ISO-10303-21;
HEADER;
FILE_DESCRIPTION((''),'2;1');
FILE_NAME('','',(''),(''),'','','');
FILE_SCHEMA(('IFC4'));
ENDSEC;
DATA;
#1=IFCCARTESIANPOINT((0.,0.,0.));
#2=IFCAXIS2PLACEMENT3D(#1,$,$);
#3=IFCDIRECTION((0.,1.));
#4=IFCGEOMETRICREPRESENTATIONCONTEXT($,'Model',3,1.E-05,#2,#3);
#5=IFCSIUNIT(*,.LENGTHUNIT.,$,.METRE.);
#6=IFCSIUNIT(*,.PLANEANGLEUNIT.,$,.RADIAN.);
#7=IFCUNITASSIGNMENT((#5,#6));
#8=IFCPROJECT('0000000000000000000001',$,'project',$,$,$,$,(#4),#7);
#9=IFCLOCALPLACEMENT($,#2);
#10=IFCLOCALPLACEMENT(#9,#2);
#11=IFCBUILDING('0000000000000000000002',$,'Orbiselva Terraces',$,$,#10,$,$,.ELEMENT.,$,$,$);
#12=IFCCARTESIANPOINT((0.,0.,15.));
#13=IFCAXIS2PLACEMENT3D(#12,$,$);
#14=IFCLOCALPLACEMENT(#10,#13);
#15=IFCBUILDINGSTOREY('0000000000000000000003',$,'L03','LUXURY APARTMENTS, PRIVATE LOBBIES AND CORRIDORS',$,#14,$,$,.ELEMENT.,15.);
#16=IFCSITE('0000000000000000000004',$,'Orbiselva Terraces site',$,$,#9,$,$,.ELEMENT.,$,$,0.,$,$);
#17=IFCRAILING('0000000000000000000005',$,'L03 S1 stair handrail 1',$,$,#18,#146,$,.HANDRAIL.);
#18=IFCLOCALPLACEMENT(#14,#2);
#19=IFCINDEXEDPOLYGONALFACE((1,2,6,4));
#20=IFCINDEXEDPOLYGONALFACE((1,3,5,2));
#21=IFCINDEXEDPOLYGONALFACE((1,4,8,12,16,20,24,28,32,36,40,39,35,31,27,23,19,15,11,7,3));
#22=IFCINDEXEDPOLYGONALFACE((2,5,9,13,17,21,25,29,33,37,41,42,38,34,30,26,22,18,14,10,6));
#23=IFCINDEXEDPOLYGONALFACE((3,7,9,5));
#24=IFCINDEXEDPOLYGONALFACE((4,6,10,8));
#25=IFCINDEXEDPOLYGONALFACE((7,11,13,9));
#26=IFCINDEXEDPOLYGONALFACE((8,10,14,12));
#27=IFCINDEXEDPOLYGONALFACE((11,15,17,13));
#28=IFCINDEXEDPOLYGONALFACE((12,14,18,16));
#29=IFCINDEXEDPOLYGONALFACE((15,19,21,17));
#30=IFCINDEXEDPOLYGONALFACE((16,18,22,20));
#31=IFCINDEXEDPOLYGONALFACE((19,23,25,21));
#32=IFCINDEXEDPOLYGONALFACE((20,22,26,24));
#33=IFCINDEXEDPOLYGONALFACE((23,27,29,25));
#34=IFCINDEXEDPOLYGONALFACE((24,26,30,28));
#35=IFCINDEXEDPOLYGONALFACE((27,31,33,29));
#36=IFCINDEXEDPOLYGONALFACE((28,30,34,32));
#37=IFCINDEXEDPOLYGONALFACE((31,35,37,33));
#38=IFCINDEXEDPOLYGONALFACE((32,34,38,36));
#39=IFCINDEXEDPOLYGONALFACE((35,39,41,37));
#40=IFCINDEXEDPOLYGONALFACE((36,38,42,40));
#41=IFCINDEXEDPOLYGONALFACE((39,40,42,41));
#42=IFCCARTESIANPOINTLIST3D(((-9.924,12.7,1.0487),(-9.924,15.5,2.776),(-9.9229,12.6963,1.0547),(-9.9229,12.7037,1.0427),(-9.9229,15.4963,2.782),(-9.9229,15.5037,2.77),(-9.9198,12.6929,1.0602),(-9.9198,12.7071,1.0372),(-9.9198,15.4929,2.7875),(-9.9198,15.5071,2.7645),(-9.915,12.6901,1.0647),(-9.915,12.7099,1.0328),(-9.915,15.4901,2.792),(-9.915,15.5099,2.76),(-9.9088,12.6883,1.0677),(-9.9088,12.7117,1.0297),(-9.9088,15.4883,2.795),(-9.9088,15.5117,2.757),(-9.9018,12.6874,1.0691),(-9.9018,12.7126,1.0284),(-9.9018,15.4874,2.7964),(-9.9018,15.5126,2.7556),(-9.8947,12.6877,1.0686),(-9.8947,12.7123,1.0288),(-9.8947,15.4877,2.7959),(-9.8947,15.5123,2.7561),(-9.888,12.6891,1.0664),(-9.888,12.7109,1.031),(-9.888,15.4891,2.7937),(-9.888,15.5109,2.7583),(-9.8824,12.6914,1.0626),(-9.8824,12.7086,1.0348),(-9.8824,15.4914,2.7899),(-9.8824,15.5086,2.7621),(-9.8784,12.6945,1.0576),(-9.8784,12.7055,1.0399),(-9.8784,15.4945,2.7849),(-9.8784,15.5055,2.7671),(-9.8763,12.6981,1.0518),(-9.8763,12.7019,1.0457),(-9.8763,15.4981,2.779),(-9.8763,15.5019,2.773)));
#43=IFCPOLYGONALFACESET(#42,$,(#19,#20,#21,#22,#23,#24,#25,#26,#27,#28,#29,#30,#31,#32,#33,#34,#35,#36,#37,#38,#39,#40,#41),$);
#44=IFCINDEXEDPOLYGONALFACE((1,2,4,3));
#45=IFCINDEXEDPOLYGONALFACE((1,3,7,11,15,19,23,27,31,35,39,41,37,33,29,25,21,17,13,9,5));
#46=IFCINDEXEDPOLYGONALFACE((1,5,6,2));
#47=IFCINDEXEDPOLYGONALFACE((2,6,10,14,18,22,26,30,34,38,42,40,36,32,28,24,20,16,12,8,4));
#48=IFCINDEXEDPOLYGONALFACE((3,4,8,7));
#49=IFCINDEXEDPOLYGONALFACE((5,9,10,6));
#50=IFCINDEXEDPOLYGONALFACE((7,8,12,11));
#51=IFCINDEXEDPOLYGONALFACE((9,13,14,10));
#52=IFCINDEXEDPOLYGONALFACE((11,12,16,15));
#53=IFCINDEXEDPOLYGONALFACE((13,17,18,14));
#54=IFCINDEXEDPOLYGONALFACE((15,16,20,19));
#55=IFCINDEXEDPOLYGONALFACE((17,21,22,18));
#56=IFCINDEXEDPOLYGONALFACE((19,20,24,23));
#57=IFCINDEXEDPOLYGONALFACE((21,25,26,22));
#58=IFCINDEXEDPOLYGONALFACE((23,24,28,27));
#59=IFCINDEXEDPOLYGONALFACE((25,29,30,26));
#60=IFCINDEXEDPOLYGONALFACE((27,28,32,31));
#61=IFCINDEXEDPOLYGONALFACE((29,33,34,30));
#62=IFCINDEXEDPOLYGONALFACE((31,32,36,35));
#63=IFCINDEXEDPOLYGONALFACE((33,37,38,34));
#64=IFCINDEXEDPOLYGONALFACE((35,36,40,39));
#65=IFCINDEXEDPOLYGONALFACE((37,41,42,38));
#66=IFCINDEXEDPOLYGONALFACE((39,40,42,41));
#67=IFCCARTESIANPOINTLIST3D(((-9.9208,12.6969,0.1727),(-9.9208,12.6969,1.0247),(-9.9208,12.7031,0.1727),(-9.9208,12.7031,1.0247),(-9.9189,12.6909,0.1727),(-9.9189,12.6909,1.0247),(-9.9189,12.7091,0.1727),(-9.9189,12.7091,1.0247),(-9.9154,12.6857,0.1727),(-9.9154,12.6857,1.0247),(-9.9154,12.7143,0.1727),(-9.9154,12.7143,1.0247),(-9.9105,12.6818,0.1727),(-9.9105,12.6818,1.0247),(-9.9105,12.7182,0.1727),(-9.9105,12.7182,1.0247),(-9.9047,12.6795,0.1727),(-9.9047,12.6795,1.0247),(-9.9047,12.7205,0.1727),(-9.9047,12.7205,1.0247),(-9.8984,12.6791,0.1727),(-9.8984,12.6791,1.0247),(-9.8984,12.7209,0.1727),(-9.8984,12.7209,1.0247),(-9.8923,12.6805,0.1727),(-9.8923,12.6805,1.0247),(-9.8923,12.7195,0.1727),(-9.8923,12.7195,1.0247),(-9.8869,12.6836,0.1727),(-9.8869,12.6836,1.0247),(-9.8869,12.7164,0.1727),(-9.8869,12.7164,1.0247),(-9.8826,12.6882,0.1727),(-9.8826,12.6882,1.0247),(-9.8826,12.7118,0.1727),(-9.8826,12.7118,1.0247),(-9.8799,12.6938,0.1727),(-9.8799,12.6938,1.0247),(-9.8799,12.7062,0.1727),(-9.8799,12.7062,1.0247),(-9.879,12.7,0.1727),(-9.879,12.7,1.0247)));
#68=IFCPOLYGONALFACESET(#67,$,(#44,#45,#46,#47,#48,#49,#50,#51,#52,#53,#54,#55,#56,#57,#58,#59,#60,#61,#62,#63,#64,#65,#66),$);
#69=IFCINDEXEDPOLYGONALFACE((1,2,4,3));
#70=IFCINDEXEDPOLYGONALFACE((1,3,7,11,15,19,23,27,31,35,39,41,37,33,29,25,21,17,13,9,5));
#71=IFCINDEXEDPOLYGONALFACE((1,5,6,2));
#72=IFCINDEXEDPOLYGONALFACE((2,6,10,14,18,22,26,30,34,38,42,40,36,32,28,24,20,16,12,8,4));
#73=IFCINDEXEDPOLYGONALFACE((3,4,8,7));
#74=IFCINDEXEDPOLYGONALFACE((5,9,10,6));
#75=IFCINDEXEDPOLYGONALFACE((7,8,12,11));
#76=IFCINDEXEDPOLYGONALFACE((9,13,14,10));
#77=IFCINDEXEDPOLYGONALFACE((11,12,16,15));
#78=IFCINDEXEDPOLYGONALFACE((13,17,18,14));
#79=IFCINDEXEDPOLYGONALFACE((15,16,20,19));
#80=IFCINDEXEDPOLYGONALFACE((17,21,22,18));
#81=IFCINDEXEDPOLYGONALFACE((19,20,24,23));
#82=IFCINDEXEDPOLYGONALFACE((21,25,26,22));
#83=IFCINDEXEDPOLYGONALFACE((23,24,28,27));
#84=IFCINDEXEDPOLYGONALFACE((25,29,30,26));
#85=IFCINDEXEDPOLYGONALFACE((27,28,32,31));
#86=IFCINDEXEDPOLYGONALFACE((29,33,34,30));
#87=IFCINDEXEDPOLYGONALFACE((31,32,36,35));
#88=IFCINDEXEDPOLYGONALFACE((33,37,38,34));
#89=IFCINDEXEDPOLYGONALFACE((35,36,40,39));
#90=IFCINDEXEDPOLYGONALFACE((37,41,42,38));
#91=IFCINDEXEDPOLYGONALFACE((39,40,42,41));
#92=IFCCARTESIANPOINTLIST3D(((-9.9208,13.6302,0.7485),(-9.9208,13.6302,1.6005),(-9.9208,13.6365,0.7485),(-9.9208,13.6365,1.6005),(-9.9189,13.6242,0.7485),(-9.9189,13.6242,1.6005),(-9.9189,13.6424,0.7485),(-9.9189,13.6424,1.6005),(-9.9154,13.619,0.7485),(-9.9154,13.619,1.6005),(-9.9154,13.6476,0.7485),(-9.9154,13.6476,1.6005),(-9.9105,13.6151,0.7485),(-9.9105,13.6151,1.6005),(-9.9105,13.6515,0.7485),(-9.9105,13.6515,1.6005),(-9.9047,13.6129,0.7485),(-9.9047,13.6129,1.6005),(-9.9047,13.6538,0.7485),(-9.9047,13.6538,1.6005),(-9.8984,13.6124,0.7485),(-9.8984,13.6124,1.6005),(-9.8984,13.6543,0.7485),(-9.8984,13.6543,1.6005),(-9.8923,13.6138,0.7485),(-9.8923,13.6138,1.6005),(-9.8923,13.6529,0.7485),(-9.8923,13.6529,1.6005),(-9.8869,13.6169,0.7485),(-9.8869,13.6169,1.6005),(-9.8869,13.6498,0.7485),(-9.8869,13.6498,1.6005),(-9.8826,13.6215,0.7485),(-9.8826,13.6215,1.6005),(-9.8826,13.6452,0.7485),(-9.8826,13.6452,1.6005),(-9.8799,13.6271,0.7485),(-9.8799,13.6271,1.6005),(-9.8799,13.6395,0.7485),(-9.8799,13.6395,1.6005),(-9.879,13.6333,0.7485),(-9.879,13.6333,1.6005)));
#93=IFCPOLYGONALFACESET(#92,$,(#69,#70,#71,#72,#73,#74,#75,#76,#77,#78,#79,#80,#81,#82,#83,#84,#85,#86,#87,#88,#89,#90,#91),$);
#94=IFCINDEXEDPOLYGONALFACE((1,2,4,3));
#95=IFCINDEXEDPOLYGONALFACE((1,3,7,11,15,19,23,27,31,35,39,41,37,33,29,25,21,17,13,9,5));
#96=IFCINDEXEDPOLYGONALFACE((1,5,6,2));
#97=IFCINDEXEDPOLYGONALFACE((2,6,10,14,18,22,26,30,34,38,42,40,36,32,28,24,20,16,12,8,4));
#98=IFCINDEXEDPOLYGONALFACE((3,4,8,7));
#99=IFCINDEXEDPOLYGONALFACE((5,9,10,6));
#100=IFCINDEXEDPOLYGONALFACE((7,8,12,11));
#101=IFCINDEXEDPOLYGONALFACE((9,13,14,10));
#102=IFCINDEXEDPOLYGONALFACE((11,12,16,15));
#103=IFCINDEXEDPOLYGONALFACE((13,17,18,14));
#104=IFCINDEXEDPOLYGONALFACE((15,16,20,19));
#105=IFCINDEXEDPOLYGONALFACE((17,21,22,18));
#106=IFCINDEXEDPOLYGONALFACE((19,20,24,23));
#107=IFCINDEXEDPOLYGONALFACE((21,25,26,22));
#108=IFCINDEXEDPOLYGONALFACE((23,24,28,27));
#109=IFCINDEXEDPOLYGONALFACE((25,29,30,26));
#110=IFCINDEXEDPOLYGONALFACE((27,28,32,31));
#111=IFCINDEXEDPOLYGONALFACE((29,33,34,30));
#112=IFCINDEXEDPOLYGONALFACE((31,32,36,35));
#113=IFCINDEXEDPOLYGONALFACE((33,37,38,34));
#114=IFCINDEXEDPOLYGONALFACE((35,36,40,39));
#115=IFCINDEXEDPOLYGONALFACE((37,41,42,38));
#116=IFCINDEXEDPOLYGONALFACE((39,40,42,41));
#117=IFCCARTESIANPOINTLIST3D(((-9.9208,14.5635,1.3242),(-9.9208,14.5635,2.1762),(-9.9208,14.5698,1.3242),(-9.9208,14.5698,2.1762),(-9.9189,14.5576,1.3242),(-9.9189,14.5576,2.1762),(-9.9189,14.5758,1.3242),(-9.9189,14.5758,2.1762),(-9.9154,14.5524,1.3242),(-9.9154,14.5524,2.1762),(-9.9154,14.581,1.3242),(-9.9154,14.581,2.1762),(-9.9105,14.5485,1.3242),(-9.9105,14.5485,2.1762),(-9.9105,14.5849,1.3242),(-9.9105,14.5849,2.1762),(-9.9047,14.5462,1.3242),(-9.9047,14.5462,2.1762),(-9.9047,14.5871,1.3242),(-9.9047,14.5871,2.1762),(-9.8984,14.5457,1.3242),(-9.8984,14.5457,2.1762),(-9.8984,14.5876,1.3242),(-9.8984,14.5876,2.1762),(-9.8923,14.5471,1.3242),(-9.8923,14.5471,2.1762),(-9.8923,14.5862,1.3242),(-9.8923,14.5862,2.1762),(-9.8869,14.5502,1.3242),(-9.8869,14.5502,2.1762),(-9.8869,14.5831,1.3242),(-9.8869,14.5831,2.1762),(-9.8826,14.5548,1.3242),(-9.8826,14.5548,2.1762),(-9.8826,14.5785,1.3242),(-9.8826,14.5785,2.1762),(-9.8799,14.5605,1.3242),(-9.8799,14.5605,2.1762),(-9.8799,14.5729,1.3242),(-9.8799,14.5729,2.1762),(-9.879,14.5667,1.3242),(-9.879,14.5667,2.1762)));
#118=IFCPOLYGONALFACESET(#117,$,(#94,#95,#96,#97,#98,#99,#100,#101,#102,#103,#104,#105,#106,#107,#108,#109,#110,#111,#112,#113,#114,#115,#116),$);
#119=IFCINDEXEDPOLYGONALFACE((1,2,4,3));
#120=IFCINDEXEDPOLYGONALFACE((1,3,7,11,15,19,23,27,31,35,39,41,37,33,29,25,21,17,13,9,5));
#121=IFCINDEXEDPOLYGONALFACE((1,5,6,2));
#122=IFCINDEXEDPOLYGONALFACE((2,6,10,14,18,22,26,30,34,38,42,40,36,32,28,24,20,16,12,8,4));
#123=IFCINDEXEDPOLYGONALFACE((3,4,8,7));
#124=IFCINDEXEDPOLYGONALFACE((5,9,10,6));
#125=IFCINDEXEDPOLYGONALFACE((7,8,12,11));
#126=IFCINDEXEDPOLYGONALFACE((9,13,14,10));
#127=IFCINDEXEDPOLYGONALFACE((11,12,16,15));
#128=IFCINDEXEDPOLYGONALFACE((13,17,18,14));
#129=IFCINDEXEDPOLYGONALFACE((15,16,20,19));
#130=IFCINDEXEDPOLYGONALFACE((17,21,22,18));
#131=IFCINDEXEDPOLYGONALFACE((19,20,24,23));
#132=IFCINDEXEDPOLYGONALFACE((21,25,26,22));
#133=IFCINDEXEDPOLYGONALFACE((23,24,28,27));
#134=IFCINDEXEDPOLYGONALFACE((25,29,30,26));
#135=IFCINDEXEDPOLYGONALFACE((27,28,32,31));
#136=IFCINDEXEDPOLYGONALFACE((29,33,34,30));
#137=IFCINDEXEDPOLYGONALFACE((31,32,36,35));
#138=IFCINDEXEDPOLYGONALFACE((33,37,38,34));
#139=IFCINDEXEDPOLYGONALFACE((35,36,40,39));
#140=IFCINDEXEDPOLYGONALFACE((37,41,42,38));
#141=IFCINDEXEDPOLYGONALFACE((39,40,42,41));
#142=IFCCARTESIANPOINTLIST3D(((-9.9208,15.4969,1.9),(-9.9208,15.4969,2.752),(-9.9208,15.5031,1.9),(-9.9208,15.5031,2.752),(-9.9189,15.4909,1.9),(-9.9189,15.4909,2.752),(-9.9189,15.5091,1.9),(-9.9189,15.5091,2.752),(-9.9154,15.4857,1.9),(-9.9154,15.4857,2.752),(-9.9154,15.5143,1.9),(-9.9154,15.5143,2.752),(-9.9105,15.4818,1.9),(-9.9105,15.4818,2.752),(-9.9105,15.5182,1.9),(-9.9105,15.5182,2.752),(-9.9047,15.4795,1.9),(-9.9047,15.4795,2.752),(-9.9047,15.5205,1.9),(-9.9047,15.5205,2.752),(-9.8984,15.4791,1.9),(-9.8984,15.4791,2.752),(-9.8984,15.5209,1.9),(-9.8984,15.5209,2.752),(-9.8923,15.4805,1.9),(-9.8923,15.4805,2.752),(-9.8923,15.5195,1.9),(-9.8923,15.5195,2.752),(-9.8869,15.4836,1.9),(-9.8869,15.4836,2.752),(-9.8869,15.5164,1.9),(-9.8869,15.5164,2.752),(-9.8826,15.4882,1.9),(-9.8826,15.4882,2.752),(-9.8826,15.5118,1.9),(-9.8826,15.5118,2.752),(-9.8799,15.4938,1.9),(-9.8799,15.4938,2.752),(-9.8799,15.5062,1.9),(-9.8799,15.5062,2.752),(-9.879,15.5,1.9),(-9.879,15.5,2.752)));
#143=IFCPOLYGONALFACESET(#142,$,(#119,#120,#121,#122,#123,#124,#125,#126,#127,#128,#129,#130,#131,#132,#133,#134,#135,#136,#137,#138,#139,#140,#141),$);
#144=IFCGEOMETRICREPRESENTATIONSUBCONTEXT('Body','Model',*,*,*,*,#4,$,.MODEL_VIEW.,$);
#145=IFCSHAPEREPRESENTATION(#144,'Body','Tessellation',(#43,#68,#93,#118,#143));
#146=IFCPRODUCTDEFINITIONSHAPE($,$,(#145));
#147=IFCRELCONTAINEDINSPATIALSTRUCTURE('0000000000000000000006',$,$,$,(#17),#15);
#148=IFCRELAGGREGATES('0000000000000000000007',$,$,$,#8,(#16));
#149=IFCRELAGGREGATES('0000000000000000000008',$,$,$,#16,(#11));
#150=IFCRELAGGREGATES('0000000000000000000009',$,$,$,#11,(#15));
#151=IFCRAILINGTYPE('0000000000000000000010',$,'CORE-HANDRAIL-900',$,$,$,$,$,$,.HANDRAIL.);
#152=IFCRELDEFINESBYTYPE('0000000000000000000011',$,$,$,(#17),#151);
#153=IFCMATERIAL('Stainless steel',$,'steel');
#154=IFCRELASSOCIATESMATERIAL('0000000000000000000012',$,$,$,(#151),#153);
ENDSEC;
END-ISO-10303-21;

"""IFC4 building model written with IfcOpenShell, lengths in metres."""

from ifc_helpers import new_model, si_unit, direction, frame, origin, origin_2d, place, context, subcontext, project, spatial, circle, extrude, material, type_object, element, save


model = new_model("IFC4")

# Units and contexts
model_context = context("Model", 3, precision=1e-05, world=origin(), true_north=direction((0.0, 1.0)))
body_context = subcontext(model_context, "Body", "Model", "MODEL_VIEW")
ifc_project = project(units=[si_unit("LENGTHUNIT", "METRE"), si_unit("PLANEANGLEUNIT", "RADIAN")], contexts=[model_context])

# Site, building, storey
site_placement = place(None, origin())
site = spatial("IfcSite", under=ifc_project, at=site_placement, Name="Orbiselva Terraces site", CompositionType="ELEMENT", RefElevation=0.0)
building_placement = place(site_placement, origin())
building = spatial("IfcBuilding", under=site, at=building_placement, Name="Orbiselva Terraces", CompositionType="ELEMENT")
storey_placement = place(building_placement, frame((0.0, 0.0, 15.0)))
storey = spatial("IfcBuildingStorey", under=building, at=storey_placement, Name="L03", Description="LUXURY APARTMENTS, PRIVATE LOBBIES AND CORRIDORS", CompositionType="ELEMENT", Elevation=15.0)

# Railing
ifc_material_1 = material(Name="Stainless steel", Category="steel")
railing_type_1 = type_object("IfcRailingType", Name="CORE-HANDRAIL-900", PredefinedType="HANDRAIL", material=ifc_material_1)
railing_1_placement = place(storey_placement, frame((-9.9, 12.7, 0.1727)))
element("IfcRailing", 1, at=railing_1_placement, inside=storey, type_object=railing_type_1, Name="L03 S1 stair handrail 1", PredefinedType="HANDRAIL", context=body_context, shape_type="SweptSolid", body=[
    extrude(circle(Radius=0.024, at=origin_2d()), frame((0.0, 0.0, 0.876), z_axis=(0.0, 0.851089, 0.525022), x_axis=(-1.0, 0.0, 0.0)), (0.0, 0.0, 1.0), 3.2899),
    extrude(circle(Radius=0.021, at=origin_2d()), origin(), (0.0, 0.0, 1.0), 0.852),
    extrude(circle(Radius=0.021, at=origin_2d()), frame((0.0, 0.9333, 0.5758)), (0.0, 0.0, 1.0), 0.852),
    extrude(circle(Radius=0.021, at=origin_2d()), frame((0.0, 1.8667, 1.1515)), (0.0, 0.0, 1.0), 0.852),
    extrude(circle(Radius=0.021, at=origin_2d()), frame((0.0, 2.8, 1.7273)), (0.0, 0.0, 1.0), 0.852),
])

save(model, "model.ifc")
